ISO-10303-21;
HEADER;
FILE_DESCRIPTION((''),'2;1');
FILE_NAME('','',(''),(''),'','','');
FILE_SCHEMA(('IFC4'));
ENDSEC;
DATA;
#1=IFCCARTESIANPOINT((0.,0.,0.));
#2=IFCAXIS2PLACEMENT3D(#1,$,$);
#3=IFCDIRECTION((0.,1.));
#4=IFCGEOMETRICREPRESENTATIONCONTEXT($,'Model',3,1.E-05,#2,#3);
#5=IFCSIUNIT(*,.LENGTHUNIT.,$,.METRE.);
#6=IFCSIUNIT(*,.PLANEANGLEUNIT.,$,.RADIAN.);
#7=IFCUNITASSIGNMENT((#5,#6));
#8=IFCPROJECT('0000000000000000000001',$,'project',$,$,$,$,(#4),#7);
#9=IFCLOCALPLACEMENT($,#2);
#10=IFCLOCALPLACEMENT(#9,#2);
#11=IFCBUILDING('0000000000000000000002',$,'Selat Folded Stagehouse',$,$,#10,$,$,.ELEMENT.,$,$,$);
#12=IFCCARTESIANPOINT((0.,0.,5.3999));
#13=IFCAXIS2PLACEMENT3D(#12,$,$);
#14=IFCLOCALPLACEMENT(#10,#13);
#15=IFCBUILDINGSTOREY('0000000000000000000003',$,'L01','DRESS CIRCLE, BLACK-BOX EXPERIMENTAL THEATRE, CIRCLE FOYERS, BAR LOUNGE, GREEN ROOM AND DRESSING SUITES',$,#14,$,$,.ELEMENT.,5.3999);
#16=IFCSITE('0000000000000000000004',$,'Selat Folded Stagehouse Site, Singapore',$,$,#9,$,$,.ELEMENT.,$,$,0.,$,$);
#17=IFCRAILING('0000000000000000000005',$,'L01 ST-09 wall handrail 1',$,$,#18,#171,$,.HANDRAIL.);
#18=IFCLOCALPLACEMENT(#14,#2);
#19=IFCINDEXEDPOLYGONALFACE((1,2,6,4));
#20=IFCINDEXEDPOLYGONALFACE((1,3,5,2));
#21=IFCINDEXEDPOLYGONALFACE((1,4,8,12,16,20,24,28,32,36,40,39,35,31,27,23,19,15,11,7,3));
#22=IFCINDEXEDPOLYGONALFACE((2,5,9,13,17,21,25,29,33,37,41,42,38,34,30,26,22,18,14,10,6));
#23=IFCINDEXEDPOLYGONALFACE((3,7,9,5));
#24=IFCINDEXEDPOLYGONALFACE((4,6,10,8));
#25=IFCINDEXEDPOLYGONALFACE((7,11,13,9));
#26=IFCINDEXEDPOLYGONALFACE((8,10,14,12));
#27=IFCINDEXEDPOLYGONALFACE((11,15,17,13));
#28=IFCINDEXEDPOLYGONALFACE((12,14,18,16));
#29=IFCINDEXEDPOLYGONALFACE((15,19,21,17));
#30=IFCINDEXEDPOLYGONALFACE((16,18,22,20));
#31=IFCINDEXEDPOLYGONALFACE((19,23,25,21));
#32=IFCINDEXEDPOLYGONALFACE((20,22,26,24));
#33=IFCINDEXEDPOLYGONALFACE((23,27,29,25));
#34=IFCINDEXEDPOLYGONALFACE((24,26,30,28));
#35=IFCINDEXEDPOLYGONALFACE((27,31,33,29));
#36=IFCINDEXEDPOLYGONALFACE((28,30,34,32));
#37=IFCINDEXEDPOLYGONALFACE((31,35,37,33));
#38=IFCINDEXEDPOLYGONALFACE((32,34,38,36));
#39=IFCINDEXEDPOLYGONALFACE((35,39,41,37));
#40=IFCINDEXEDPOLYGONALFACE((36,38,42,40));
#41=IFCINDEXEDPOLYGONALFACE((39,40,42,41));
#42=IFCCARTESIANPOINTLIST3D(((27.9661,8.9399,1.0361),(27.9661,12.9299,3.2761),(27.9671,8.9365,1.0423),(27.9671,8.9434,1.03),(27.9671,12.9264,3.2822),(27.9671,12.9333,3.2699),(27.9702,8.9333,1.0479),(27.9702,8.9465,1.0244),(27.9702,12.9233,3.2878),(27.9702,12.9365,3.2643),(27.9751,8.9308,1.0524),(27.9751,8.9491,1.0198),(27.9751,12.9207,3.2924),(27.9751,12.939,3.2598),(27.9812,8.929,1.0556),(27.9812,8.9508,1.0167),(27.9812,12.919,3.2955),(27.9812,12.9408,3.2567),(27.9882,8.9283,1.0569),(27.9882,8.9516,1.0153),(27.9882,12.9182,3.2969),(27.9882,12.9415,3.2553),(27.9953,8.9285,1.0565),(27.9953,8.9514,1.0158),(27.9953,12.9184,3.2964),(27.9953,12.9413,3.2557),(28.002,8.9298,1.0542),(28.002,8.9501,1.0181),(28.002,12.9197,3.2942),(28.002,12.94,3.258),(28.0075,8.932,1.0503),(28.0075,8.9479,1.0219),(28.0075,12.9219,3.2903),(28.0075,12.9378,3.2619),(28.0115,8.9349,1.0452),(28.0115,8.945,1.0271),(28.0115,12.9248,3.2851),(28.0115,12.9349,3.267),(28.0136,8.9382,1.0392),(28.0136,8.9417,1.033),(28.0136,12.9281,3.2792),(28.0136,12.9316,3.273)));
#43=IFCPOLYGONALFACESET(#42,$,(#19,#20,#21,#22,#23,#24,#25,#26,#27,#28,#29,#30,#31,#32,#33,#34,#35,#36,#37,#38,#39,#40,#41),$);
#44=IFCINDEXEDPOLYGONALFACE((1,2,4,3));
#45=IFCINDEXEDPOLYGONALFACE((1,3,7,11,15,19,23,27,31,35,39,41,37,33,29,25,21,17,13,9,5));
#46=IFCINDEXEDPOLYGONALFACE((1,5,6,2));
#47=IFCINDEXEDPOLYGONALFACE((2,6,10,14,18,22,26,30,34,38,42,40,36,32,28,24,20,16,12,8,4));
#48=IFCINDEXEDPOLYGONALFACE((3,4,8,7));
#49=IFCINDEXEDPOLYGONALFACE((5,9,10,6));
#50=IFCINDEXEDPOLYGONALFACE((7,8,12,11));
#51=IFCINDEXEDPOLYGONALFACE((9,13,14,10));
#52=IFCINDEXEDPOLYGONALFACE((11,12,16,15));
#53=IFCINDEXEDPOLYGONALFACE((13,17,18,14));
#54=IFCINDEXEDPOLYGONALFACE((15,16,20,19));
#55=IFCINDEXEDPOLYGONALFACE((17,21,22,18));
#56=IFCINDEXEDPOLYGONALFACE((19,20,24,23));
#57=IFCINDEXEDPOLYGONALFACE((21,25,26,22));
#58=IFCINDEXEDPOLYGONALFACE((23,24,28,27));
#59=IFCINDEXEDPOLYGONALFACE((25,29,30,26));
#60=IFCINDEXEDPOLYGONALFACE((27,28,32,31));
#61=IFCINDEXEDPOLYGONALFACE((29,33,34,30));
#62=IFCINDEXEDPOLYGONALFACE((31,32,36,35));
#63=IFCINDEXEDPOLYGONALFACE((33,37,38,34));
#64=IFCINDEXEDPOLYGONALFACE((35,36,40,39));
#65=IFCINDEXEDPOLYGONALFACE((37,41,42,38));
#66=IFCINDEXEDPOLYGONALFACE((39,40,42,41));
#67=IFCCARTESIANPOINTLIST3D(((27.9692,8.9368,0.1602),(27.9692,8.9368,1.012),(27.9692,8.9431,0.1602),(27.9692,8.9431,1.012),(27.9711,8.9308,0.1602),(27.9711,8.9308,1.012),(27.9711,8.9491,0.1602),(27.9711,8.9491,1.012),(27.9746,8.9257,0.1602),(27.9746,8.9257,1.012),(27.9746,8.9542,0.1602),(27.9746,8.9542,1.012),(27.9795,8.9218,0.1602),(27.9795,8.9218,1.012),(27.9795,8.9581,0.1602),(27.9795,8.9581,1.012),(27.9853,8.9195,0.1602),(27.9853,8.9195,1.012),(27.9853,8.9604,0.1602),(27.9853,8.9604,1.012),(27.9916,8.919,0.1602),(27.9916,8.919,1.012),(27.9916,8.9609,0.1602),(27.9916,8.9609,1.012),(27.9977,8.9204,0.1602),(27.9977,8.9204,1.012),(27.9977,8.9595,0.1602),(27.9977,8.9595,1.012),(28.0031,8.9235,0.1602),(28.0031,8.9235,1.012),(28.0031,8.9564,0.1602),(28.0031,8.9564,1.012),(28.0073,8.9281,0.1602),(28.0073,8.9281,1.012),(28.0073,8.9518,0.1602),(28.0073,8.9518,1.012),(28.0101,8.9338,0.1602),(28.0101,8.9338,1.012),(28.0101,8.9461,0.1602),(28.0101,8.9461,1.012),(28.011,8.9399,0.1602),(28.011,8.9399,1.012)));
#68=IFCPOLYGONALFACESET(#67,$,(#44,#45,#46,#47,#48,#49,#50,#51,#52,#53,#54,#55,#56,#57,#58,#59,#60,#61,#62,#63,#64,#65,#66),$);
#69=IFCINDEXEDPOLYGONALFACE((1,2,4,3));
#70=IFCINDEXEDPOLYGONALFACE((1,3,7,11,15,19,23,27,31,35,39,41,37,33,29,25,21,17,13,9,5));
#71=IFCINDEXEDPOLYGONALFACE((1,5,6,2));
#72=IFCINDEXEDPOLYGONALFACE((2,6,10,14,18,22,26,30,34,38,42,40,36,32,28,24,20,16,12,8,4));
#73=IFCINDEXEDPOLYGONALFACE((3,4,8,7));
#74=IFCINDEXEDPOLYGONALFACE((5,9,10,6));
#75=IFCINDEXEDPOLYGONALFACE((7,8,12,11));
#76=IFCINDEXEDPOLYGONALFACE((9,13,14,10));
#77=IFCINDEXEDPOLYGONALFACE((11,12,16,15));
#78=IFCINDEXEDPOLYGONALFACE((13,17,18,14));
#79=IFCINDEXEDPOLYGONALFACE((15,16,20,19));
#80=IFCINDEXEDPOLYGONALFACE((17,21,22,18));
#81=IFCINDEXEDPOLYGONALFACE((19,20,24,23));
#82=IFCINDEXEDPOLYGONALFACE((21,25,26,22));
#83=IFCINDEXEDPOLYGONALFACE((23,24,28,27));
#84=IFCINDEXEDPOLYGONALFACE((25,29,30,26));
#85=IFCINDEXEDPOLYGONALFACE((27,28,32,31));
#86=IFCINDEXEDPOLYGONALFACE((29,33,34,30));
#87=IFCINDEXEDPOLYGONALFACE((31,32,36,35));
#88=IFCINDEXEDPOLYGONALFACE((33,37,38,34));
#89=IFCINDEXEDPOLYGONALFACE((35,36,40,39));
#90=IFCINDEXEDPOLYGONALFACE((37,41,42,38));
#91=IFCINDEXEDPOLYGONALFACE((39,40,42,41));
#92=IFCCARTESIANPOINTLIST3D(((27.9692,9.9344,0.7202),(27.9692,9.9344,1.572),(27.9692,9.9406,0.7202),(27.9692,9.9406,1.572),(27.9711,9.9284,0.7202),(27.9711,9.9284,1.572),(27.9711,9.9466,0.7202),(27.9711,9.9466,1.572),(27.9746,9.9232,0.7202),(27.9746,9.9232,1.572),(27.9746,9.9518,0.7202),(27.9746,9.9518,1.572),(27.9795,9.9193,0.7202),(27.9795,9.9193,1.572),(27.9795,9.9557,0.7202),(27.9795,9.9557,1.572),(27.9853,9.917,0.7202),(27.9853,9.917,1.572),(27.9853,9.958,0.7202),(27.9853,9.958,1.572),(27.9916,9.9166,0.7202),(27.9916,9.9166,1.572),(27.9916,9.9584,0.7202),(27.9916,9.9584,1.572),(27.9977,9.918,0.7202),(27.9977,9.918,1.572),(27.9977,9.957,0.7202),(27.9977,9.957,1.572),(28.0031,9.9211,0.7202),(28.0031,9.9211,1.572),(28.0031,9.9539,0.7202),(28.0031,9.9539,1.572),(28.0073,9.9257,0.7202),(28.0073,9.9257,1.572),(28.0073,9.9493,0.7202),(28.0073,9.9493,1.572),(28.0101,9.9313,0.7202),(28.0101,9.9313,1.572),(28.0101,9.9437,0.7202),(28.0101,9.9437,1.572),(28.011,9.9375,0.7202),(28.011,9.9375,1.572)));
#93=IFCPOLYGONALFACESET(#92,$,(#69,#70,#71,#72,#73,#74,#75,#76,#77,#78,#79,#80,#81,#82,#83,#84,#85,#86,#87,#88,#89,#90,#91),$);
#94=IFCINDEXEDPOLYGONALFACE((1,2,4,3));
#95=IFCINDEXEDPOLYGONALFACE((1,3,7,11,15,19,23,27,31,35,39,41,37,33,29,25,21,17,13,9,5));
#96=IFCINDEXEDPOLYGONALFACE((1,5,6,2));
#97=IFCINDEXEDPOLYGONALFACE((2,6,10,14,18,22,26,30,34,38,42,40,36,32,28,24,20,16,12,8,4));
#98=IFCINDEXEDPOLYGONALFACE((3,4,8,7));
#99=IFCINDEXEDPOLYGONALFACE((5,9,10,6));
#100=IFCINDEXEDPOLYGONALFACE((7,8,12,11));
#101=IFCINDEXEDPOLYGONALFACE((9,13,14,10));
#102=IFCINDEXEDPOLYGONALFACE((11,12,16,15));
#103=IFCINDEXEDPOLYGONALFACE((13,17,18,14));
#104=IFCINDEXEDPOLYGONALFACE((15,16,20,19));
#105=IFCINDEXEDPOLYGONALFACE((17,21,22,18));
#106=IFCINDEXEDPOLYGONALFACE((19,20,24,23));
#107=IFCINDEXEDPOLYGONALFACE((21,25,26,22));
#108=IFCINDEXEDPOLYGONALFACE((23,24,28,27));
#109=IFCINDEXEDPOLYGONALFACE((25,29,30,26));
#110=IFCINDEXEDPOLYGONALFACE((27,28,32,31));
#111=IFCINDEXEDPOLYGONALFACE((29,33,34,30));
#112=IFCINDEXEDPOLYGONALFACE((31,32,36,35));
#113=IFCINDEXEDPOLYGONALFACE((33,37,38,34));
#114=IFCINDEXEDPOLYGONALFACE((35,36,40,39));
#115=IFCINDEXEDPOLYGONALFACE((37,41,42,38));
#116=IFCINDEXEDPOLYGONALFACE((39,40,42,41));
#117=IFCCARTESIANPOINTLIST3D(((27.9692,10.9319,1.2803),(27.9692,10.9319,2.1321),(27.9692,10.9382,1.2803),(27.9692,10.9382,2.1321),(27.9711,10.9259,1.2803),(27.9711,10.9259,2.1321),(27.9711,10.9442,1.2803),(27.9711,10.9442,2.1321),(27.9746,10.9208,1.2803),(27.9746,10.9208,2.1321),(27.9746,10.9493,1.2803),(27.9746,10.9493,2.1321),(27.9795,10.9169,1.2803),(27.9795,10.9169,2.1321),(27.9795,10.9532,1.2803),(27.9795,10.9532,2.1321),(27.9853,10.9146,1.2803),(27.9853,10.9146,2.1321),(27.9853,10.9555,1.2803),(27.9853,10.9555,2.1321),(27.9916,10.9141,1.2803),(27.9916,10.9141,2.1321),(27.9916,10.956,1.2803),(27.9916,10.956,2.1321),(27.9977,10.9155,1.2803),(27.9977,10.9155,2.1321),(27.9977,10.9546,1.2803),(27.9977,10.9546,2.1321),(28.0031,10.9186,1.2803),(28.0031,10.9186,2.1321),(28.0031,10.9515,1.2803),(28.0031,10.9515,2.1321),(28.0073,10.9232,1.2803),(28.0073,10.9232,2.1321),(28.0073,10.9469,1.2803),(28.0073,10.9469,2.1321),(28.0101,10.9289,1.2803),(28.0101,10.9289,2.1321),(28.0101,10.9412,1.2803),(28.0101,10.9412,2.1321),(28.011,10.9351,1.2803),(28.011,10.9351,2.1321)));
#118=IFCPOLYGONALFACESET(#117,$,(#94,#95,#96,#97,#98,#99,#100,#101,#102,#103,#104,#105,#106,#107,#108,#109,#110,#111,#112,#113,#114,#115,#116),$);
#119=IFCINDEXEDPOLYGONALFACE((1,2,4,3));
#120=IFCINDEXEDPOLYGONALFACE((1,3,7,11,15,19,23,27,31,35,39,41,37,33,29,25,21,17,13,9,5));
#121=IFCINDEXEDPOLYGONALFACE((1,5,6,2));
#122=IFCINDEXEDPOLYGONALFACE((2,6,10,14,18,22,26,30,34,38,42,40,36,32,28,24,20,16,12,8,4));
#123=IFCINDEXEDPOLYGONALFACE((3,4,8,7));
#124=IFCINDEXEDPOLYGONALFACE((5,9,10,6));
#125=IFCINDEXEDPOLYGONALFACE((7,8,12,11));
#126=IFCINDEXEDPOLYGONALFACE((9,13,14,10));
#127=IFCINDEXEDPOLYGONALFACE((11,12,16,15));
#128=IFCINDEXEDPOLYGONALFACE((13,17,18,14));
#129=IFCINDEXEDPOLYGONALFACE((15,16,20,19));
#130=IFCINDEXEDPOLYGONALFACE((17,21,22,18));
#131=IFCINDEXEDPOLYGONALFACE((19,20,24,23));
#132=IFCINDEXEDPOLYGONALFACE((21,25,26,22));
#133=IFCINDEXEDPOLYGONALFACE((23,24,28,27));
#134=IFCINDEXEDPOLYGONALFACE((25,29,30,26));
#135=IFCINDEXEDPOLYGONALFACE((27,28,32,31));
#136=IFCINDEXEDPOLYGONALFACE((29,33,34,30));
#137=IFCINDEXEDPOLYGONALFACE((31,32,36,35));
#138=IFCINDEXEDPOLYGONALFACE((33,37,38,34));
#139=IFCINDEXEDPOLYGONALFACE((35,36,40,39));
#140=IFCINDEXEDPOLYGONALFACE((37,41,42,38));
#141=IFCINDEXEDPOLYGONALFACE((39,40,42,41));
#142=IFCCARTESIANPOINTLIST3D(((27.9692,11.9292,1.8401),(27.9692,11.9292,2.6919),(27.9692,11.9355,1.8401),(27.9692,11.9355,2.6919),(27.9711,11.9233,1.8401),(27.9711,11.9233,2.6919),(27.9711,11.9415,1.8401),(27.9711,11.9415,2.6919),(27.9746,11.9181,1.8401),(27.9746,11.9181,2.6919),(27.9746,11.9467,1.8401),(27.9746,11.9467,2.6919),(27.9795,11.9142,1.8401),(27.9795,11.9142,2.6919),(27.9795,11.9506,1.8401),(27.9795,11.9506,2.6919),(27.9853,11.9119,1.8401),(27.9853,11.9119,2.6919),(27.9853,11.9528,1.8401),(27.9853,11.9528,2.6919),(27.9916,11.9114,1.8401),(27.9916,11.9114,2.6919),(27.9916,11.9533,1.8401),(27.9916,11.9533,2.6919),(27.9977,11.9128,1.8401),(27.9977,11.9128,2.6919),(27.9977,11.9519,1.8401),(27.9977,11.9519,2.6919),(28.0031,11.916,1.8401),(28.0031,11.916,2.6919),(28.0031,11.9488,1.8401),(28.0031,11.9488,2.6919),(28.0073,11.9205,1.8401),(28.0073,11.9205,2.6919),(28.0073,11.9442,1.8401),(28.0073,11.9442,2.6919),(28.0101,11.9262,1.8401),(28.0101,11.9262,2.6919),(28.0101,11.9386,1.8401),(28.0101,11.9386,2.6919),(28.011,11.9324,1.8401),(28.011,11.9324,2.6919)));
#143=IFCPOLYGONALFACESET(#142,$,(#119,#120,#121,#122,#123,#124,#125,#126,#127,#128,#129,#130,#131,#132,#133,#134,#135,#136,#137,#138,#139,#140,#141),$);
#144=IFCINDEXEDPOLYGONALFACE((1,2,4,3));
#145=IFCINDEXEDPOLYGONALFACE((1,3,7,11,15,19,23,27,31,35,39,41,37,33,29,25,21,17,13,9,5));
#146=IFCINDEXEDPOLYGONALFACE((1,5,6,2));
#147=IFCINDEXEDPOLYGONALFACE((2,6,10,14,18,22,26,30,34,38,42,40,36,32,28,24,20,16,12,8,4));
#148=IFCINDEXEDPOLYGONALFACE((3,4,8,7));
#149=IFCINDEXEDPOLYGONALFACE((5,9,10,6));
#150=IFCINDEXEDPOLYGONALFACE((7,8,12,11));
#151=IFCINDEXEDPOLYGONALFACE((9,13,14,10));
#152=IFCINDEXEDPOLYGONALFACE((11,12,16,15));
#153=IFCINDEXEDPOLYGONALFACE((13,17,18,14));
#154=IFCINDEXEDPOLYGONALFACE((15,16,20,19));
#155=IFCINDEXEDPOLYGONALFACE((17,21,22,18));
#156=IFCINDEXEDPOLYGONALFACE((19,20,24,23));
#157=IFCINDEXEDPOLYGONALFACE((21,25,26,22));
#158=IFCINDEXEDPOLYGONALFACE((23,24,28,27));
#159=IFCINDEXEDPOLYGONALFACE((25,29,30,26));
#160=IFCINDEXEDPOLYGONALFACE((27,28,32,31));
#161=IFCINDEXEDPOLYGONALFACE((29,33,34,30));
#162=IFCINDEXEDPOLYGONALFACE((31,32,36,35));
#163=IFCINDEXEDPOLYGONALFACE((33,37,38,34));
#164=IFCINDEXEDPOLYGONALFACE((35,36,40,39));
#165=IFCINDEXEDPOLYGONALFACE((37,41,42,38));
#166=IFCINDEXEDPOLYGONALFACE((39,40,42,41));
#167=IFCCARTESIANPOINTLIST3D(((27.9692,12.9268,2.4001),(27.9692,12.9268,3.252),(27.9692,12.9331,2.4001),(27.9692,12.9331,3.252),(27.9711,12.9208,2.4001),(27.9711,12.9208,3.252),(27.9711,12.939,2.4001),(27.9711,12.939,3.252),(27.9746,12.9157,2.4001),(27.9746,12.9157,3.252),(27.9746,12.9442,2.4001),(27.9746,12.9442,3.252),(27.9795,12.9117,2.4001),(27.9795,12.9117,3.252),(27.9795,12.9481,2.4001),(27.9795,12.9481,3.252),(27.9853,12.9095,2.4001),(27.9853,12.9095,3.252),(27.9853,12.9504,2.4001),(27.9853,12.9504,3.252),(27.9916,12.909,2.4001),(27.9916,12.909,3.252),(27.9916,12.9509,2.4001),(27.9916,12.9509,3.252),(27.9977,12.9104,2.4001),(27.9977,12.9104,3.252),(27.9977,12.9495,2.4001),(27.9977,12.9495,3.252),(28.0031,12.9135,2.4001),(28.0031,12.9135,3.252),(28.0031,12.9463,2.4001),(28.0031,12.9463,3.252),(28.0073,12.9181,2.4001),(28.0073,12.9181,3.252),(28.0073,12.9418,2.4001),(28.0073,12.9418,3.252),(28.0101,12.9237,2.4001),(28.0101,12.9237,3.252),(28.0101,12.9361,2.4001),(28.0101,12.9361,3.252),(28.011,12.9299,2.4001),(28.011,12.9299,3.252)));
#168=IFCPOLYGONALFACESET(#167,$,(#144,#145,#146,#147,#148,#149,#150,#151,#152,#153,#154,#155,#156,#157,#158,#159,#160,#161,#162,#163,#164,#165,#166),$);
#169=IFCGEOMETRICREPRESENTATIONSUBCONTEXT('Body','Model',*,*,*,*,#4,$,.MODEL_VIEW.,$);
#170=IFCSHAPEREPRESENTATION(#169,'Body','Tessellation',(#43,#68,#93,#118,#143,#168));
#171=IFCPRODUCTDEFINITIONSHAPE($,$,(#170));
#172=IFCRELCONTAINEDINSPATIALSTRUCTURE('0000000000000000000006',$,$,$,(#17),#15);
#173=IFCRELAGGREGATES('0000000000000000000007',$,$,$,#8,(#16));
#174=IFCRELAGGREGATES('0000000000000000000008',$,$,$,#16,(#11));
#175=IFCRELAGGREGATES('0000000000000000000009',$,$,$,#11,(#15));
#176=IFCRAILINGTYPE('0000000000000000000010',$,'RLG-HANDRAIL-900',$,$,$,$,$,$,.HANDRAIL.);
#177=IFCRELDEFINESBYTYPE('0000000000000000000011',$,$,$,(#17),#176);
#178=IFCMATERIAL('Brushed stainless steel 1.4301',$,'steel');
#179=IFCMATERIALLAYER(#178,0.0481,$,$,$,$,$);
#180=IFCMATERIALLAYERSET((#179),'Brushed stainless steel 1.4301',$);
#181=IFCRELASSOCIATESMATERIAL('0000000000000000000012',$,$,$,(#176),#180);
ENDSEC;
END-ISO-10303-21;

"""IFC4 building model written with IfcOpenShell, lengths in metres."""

from ifc_helpers import new_model, si_unit, direction, frame, origin, origin_2d, place, context, subcontext, project, spatial, circle, extrude, material, layer, layer_set, type_object, element, save


model = new_model("IFC4")

# Units and contexts
model_context = context("Model", 3, precision=1e-05, world=origin(), true_north=direction((0.0, 1.0)))
body_context = subcontext(model_context, "Body", "Model", "MODEL_VIEW")
ifc_project = project(units=[si_unit("LENGTHUNIT", "METRE"), si_unit("PLANEANGLEUNIT", "RADIAN")], contexts=[model_context])

# Site, building, storey
site_placement = place(None, origin())
site = spatial("IfcSite", under=ifc_project, at=site_placement, Name="Selat Folded Stagehouse Site, Singapore", CompositionType="ELEMENT", RefElevation=0.0)
building_placement = place(site_placement, origin())
building = spatial("IfcBuilding", under=site, at=building_placement, Name="Selat Folded Stagehouse", CompositionType="ELEMENT")
storey_placement = place(building_placement, frame((0.0, 0.0, 5.3999)))
storey = spatial("IfcBuildingStorey", under=building, at=storey_placement, Name="L01", Description="DRESS CIRCLE, BLACK-BOX EXPERIMENTAL THEATRE, CIRCLE FOYERS, BAR LOUNGE, GREEN ROOM AND DRESSING SUITES", CompositionType="ELEMENT", Elevation=5.3999)

# Railing
ifc_material_1 = material(Name="Brushed stainless steel 1.4301", Category="steel")
ifc_layer_1 = layer(ifc_material_1, 0.0481)
ifc_layer_set_1 = layer_set([ifc_layer_1], Name="Brushed stainless steel 1.4301")
railing_type_1 = type_object("IfcRailingType", Name="RLG-HANDRAIL-900", PredefinedType="HANDRAIL", material=ifc_layer_set_1)
railing_1_placement = place(storey_placement, frame((27.99, 8.9399, 0.1602)))
element("IfcRailing", 1, at=railing_1_placement, inside=storey, type_object=railing_type_1, Name="L01 ST-09 wall handrail 1", PredefinedType="HANDRAIL", context=body_context, shape_type="SweptSolid", body=[
    extrude(circle(Radius=0.0239, at=origin_2d()), frame((0.0, 0.0, 0.876), z_axis=(0.0, 0.871984, 0.489534), x_axis=(-1.0, 0.0, 0.0)), (0.0, 0.0, 1.0), 4.5757),
    extrude(circle(Radius=0.021, at=origin_2d()), origin(), (0.0, 0.0, 1.0), 0.8518),
    extrude(circle(Radius=0.021, at=origin_2d()), frame((0.0, 0.9976, 0.5601)), (0.0, 0.0, 1.0), 0.8518),
    extrude(circle(Radius=0.021, at=origin_2d()), frame((0.0, 1.9951, 1.1201)), (0.0, 0.0, 1.0), 0.8518),
    extrude(circle(Radius=0.021, at=origin_2d()), frame((0.0, 2.9924, 1.6799)), (0.0, 0.0, 1.0), 0.8518),
    extrude(circle(Radius=0.021, at=origin_2d()), frame((0.0, 3.99, 2.24)), (0.0, 0.0, 1.0), 0.8518),
])

save(model, "model.ifc")
